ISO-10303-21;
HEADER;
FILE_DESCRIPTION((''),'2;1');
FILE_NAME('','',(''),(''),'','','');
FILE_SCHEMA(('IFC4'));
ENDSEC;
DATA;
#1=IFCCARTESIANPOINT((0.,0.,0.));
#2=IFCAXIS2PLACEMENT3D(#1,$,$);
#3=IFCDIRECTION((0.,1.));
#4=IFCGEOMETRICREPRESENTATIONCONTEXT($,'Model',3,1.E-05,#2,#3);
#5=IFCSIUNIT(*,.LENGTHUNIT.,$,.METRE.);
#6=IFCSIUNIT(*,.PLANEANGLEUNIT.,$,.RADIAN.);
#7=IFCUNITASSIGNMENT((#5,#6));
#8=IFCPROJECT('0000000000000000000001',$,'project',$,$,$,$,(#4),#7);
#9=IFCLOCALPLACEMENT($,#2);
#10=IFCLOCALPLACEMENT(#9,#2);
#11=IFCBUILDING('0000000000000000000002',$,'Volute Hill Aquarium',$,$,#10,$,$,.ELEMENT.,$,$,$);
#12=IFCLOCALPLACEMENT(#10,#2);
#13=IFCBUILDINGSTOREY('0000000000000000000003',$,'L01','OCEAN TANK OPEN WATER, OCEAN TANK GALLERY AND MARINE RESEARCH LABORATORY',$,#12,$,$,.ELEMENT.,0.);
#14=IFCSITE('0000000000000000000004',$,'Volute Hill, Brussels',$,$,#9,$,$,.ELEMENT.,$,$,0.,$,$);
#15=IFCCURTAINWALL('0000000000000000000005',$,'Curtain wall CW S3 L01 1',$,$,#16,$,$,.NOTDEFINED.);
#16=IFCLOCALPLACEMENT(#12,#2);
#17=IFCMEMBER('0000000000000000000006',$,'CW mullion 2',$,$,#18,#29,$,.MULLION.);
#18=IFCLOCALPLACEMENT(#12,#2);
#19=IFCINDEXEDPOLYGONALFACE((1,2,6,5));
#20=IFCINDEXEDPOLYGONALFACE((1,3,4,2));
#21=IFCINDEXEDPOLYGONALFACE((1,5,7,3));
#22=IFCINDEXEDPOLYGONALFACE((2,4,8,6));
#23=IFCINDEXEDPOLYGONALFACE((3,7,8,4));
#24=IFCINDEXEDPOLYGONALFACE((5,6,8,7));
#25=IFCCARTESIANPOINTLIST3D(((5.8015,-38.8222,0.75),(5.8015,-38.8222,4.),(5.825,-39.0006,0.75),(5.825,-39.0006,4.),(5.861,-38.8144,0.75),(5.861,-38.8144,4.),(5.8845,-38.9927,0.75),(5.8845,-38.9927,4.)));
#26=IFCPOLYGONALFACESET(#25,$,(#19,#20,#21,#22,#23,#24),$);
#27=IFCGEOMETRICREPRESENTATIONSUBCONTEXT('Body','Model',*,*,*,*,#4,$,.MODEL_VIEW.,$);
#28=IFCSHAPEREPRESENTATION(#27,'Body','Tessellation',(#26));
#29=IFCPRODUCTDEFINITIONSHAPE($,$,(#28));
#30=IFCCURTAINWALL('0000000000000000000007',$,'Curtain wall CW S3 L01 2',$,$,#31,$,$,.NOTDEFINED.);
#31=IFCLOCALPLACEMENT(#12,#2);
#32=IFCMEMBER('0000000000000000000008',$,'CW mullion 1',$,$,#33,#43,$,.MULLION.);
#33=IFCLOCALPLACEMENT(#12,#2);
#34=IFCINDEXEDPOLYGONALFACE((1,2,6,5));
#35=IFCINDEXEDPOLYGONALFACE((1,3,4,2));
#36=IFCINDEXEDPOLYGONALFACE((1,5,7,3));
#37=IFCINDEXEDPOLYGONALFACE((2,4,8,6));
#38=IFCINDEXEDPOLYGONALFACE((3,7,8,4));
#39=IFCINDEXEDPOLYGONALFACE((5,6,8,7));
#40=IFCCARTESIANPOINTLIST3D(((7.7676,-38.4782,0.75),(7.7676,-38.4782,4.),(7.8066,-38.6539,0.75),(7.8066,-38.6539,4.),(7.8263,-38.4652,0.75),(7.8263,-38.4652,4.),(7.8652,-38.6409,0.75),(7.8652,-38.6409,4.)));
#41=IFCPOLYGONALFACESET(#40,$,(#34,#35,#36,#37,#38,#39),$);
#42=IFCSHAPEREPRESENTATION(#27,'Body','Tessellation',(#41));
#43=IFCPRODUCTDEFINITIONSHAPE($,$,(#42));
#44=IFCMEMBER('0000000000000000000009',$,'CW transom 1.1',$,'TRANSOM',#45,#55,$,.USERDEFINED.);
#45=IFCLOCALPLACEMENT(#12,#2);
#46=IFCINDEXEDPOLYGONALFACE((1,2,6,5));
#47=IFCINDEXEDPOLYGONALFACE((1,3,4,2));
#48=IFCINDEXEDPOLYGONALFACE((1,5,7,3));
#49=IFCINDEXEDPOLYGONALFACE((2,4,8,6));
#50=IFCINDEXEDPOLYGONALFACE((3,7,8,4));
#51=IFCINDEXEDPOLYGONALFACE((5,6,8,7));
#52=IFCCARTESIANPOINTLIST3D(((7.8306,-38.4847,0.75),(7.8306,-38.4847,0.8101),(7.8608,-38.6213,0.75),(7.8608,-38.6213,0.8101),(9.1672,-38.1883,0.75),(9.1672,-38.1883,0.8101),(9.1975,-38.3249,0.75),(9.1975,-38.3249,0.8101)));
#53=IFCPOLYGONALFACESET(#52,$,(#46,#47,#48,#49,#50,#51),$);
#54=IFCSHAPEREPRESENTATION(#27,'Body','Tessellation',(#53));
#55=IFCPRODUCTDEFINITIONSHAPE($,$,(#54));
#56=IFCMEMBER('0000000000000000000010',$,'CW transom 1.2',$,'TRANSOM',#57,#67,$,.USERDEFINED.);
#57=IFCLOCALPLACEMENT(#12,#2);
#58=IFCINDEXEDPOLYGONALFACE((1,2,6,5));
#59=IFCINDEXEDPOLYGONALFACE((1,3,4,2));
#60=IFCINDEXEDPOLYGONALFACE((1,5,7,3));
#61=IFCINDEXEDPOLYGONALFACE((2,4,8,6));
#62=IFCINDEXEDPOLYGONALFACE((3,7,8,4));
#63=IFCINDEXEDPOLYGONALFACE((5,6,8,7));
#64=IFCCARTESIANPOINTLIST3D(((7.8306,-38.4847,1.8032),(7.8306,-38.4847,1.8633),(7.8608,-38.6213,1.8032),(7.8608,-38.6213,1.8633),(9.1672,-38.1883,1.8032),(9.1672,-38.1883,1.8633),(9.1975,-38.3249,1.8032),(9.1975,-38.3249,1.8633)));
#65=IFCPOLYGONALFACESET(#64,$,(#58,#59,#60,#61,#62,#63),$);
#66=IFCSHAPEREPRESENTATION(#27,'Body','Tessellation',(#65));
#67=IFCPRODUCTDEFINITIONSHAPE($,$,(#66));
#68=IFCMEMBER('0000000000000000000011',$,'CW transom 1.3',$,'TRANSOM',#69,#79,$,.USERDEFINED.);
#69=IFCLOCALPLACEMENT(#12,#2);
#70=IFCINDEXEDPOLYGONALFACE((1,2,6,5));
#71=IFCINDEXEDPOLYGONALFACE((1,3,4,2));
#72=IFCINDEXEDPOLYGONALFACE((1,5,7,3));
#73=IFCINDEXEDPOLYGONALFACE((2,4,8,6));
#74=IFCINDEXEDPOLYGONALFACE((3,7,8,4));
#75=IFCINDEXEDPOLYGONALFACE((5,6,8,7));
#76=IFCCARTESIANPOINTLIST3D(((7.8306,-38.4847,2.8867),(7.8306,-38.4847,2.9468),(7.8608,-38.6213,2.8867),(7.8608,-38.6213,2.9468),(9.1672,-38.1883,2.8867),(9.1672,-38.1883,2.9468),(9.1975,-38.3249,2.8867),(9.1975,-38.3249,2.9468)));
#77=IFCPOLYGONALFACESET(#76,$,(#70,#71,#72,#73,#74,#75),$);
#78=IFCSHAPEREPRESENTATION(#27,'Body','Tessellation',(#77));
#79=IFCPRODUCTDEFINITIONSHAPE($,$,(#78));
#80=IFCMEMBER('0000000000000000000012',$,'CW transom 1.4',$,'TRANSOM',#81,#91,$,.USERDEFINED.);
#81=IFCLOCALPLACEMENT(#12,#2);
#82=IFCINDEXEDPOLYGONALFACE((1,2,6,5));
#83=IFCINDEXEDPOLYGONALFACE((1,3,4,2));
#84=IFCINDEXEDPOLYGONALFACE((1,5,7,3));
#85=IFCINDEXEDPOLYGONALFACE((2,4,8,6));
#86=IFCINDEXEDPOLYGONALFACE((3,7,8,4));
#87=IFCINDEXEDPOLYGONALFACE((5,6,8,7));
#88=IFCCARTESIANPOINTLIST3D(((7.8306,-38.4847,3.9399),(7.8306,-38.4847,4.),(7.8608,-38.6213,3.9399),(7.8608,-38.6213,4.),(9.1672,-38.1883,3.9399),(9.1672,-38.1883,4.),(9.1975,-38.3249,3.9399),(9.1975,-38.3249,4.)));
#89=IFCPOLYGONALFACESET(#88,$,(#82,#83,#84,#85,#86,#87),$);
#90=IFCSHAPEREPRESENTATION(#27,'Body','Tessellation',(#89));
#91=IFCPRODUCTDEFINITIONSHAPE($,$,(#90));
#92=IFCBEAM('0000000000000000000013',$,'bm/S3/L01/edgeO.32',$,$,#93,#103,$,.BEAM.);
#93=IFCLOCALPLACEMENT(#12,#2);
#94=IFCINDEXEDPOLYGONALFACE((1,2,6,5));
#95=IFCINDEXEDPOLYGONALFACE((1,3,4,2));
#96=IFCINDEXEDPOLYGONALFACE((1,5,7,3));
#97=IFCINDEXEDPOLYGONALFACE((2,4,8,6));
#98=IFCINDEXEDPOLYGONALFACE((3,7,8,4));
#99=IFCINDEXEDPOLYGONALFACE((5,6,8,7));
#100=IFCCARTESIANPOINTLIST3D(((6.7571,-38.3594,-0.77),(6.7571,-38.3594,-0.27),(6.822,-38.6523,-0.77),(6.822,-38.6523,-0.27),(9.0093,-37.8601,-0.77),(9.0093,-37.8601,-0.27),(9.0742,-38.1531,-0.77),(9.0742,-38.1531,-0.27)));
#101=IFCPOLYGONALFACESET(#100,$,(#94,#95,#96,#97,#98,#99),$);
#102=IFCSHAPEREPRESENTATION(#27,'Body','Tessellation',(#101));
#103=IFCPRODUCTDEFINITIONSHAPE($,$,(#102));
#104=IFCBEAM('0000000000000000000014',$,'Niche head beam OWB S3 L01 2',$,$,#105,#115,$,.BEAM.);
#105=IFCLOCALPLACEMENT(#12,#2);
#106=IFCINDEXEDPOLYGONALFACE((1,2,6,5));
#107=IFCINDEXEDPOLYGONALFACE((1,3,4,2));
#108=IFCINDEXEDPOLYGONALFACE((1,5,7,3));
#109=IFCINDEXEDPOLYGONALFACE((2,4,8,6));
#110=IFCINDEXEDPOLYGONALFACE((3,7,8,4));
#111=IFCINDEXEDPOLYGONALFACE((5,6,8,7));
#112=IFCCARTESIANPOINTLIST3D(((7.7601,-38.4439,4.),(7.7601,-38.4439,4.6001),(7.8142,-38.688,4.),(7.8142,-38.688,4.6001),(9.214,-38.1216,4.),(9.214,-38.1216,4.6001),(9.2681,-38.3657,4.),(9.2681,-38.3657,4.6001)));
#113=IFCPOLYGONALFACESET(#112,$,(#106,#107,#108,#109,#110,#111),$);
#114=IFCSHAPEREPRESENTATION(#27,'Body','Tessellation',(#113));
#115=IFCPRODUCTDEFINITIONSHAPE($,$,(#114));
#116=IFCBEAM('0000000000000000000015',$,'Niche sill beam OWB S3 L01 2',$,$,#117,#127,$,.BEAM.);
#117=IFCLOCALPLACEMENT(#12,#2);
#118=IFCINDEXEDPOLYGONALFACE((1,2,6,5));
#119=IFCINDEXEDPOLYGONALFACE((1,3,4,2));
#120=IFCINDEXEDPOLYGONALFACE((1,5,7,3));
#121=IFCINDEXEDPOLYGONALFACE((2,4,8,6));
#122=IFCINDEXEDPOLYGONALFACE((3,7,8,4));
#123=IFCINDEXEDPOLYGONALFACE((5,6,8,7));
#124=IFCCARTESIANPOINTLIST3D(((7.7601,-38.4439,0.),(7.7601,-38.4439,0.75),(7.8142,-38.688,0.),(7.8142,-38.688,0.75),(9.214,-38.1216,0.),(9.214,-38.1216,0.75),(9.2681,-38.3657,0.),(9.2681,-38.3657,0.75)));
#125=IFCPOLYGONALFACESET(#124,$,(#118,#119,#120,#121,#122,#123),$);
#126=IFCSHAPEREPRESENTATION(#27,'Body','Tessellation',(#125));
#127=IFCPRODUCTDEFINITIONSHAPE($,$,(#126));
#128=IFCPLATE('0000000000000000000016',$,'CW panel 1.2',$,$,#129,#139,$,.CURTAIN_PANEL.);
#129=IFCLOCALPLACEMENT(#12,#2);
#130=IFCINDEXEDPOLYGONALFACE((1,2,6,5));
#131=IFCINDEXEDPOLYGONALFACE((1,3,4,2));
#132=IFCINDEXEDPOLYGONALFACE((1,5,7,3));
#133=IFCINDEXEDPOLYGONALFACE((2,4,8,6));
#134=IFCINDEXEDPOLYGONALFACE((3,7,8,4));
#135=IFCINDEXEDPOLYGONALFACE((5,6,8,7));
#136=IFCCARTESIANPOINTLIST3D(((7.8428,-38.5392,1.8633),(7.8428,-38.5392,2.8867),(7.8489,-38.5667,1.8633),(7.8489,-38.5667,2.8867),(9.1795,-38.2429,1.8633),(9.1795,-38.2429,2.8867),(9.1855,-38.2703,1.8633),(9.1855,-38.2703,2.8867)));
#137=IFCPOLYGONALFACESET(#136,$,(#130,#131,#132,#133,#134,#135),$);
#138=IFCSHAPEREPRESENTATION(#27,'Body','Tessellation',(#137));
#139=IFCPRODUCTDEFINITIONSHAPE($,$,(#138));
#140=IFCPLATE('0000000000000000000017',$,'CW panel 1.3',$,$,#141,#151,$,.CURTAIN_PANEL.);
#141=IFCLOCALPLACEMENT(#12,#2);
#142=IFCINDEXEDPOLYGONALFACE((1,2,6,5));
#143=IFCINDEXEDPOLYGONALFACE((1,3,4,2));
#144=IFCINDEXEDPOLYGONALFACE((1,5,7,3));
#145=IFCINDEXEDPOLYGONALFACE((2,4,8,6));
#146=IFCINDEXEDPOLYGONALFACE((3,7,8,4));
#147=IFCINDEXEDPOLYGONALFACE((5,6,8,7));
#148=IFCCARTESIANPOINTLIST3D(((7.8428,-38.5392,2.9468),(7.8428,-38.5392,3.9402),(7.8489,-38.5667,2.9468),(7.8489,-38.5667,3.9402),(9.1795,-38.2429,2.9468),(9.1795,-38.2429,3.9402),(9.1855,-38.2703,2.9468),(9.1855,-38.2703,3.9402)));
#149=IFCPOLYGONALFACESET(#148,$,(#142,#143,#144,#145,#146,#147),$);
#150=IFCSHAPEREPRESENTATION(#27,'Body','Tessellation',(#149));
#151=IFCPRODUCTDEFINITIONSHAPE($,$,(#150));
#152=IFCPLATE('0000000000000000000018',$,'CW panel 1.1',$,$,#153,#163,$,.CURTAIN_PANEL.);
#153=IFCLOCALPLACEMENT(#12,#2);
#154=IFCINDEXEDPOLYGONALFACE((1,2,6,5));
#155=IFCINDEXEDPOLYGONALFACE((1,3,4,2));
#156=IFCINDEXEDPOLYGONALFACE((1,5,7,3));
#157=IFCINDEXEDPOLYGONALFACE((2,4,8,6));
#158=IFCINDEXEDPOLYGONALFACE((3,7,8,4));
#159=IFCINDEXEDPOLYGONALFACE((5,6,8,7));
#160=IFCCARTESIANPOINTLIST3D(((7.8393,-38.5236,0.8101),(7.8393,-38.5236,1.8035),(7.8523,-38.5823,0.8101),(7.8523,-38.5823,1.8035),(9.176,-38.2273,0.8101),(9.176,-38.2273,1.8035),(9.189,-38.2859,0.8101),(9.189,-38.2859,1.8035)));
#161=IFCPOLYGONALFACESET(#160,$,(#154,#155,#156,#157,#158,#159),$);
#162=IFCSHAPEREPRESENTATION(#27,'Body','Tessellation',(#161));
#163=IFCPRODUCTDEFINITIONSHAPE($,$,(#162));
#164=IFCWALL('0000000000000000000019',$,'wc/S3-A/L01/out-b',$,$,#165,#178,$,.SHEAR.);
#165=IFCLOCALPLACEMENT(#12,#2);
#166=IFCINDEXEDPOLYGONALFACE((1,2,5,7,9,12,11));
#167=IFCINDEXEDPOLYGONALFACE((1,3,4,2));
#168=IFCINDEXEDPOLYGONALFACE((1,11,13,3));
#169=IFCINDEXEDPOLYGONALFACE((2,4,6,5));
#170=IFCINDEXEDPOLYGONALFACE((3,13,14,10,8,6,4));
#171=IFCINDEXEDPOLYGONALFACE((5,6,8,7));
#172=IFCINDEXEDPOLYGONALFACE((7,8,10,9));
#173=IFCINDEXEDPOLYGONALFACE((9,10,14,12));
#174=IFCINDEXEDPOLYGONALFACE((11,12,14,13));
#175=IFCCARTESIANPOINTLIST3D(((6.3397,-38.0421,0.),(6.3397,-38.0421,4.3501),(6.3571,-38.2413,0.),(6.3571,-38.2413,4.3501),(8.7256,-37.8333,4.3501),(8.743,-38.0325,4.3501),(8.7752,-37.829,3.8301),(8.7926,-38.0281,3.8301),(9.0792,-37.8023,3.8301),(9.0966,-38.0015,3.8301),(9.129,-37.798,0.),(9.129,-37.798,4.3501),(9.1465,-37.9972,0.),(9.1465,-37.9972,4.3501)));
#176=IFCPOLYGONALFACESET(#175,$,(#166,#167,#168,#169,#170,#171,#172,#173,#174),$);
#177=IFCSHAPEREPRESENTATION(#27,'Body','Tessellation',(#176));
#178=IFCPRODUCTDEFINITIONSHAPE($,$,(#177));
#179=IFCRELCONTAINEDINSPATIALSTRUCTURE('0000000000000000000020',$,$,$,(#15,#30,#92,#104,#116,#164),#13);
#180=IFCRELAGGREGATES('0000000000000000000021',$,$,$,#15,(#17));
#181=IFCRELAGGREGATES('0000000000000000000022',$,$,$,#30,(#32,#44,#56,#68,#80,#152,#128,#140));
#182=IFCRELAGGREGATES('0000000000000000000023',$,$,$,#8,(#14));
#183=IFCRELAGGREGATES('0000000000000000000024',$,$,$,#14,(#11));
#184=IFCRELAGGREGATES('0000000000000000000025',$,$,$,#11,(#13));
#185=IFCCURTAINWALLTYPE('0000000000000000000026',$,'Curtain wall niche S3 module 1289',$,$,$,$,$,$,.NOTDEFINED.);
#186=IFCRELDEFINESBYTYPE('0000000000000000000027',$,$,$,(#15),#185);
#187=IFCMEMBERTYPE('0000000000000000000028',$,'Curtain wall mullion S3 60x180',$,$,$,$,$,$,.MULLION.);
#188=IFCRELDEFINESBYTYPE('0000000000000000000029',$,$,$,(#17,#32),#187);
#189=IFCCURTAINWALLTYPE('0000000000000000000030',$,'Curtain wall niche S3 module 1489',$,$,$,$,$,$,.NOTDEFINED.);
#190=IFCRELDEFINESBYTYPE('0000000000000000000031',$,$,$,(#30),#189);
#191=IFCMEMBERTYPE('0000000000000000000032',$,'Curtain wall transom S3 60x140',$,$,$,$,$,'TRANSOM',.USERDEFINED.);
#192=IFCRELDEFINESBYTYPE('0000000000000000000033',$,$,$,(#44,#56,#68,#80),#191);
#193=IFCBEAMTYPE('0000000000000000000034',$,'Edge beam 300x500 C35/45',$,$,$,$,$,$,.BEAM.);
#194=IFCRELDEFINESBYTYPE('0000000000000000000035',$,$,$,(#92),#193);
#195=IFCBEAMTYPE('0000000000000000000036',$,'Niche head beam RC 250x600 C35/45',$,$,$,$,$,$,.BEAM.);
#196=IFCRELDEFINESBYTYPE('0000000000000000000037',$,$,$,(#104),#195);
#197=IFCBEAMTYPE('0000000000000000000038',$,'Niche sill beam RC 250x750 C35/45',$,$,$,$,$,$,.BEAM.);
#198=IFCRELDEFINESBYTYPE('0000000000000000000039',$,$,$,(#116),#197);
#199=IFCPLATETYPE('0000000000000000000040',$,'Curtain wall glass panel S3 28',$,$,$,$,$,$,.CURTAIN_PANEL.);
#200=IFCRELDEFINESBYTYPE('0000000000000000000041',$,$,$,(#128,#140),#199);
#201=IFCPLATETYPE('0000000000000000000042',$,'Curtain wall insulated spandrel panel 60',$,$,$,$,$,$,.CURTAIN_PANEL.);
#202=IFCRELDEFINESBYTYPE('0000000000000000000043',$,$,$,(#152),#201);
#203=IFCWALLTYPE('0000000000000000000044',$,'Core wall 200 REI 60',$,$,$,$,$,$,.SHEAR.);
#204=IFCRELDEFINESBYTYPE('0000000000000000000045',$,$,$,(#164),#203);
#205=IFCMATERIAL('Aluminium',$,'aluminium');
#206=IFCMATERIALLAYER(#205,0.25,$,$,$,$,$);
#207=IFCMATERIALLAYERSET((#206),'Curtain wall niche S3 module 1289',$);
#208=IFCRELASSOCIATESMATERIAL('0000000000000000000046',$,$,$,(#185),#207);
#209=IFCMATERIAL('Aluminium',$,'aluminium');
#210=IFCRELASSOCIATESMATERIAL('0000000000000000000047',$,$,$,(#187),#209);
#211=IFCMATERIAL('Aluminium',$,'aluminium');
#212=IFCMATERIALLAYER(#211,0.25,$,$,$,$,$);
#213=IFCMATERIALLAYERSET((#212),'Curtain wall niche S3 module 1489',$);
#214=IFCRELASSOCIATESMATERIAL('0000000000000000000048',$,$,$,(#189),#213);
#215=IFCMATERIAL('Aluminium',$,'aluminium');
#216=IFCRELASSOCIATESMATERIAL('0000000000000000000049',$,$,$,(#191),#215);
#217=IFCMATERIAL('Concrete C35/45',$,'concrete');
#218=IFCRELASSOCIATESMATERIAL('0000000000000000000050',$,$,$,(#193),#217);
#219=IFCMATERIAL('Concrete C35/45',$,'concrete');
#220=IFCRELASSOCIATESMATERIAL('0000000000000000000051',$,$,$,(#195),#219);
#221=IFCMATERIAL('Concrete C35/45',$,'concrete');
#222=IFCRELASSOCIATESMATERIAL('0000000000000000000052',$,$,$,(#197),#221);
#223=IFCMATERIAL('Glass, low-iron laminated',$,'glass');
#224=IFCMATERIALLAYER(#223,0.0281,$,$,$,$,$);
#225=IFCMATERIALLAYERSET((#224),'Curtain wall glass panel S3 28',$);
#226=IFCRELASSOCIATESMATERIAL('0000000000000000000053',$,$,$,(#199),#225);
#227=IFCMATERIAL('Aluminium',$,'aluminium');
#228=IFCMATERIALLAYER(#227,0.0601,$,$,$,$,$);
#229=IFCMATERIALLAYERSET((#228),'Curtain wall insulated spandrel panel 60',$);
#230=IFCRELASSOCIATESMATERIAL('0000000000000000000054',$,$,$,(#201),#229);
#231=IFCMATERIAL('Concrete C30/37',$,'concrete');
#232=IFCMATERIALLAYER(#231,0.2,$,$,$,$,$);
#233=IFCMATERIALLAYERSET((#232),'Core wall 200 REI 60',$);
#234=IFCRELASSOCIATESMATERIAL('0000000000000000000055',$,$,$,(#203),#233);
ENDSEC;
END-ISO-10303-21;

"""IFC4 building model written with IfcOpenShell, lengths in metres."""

from ifc_helpers import new_model, si_unit, direction, frame, origin, origin_2d, place, context, subcontext, project, spatial, polyline, rectangle, outline, extrude, material, layer, layer_set, material_profile, profile_set, type_object, element, aggregate, save


model = new_model("IFC4")

# Units and contexts
model_context = context("Model", 3, precision=1e-05, world=origin(), true_north=direction((0.0, 1.0)))
body_context = subcontext(model_context, "Body", "Model", "MODEL_VIEW")
ifc_project = project(units=[si_unit("LENGTHUNIT", "METRE"), si_unit("PLANEANGLEUNIT", "RADIAN")], contexts=[model_context])

# Site, building, storey
site_placement = place(None, origin())
site = spatial("IfcSite", under=ifc_project, at=site_placement, Name="Volute Hill, Brussels", CompositionType="ELEMENT", RefElevation=0.0)
building_placement = place(site_placement, origin())
building = spatial("IfcBuilding", under=site, at=building_placement, Name="Volute Hill Aquarium", CompositionType="ELEMENT")
storey_placement = place(building_placement, origin())
storey = spatial("IfcBuildingStorey", under=building, at=storey_placement, Name="L01", Description="OCEAN TANK OPEN WATER, OCEAN TANK GALLERY AND MARINE RESEARCH LABORATORY", CompositionType="ELEMENT", Elevation=0.0)

# Curtain wall, member
ifc_material_1 = material(Name="Aluminium", Category="aluminium")
ifc_layer_1 = layer(ifc_material_1, 0.25)
ifc_layer_set_1 = layer_set([ifc_layer_1], Name="Curtain wall niche S3 module 1289")
curtain_wall_type_1 = type_object("IfcCurtainWallType", Name="Curtain wall niche S3 module 1289", PredefinedType="NOTDEFINED", material=ifc_layer_set_1)
curtain_wall_1_placement = place(storey_placement, origin())
curtain_wall_1 = element("IfcCurtainWall", 1, at=curtain_wall_1_placement, inside=storey, type_object=curtain_wall_type_1, Name="Curtain wall CW S3 L01 1", PredefinedType="NOTDEFINED")
ifc_material_2 = material(Name="Aluminium", Category="aluminium")
ifc_material_profile_1 = material_profile(ifc_material_2, rectangle(XDim=0.1799, YDim=0.0601, at=origin_2d()), Name="Curtain wall mullion S3 60x180")
ifc_profile_set_1 = profile_set([ifc_material_profile_1], Name="Aluminium")
member_type_1 = type_object("IfcMemberType", Name="Curtain wall mullion S3 60x180", PredefinedType="MULLION", material=ifc_profile_set_1)
member_1_placement = place(storey_placement, frame((5.843, -38.9075, 0.75), z_axis=(0.0, 0.0, 1.0), x_axis=(-0.130506, 0.991447, 0.0)))
member_1 = element("IfcMember", 2, at=member_1_placement, type_object=member_type_1, Name="CW mullion 2", PredefinedType="MULLION", context=body_context, shape_type="SweptSolid", body=[
    extrude(rectangle(XDim=0.1799, YDim=0.0601, at=origin_2d()), origin(), (0.0, 0.0, 1.0), 3.25),
])
aggregate(curtain_wall_1, [member_1])

# Curtain wall, members
ifc_material_3 = material(Name="Aluminium", Category="aluminium")
ifc_layer_2 = layer(ifc_material_3, 0.25)
ifc_layer_set_2 = layer_set([ifc_layer_2], Name="Curtain wall niche S3 module 1489")
curtain_wall_type_2 = type_object("IfcCurtainWallType", Name="Curtain wall niche S3 module 1489", PredefinedType="NOTDEFINED", material=ifc_layer_set_2)
curtain_wall_2_placement = place(storey_placement, origin())
curtain_wall_2 = element("IfcCurtainWall", 3, at=curtain_wall_2_placement, inside=storey, type_object=curtain_wall_type_2, Name="Curtain wall CW S3 L01 2", PredefinedType="NOTDEFINED")
member_2_placement = place(storey_placement, frame((7.8164, -38.5596, 0.75), z_axis=(0.0, 0.0, 1.0), x_axis=(-0.216429, 0.976298, 0.0)))
member_2 = element("IfcMember", 4, at=member_2_placement, type_object=member_type_1, Name="CW mullion 1", PredefinedType="MULLION", context=body_context, shape_type="SweptSolid", body=[
    extrude(rectangle(XDim=0.1799, YDim=0.0601, at=origin_2d()), origin(), (0.0, 0.0, 1.0), 3.25),
])
ifc_material_4 = material(Name="Aluminium", Category="aluminium")
ifc_material_profile_2 = material_profile(ifc_material_4, rectangle(XDim=0.1399, YDim=0.0601, at=origin_2d()), Name="Curtain wall transom S3 60x140")
ifc_profile_set_2 = profile_set([ifc_material_profile_2], Name="Aluminium")
member_type_2 = type_object("IfcMemberType", Name="Curtain wall transom S3 60x140", ElementType="TRANSOM", PredefinedType="USERDEFINED", material=ifc_profile_set_2)
member_3_placement = place(storey_placement, frame((7.8457, -38.553, 0.78), z_axis=(0.976288, 0.216477, 0.0), x_axis=(-0.216477, 0.976288, 0.0)))
member_3 = element("IfcMember", 5, at=member_3_placement, type_object=member_type_2, Name="CW transom 1.1", ObjectType="TRANSOM", PredefinedType="USERDEFINED", context=body_context, shape_type="SweptSolid", body=[
    extrude(rectangle(XDim=0.1399, YDim=0.0601, at=origin_2d()), origin(), (0.0, 0.0, 1.0), 1.3691),
])
member_4_placement = place(storey_placement, frame((7.8457, -38.553, 1.8333), z_axis=(0.976288, 0.216477, 0.0), x_axis=(-0.216477, 0.976288, 0.0)))
member_4 = element("IfcMember", 6, at=member_4_placement, type_object=member_type_2, Name="CW transom 1.2", ObjectType="TRANSOM", PredefinedType="USERDEFINED", context=body_context, shape_type="SweptSolid", body=[
    extrude(rectangle(XDim=0.1399, YDim=0.0601, at=origin_2d()), origin(), (0.0, 0.0, 1.0), 1.3691),
])
member_5_placement = place(storey_placement, frame((7.8457, -38.553, 2.9167), z_axis=(0.976288, 0.216477, 0.0), x_axis=(-0.216477, 0.976288, 0.0)))
member_5 = element("IfcMember", 7, at=member_5_placement, type_object=member_type_2, Name="CW transom 1.3", ObjectType="TRANSOM", PredefinedType="USERDEFINED", context=body_context, shape_type="SweptSolid", body=[
    extrude(rectangle(XDim=0.1399, YDim=0.0601, at=origin_2d()), origin(), (0.0, 0.0, 1.0), 1.3691),
])
member_6_placement = place(storey_placement, frame((7.8457, -38.553, 3.97), z_axis=(0.976288, 0.216477, 0.0), x_axis=(-0.216477, 0.976288, 0.0)))
member_6 = element("IfcMember", 8, at=member_6_placement, type_object=member_type_2, Name="CW transom 1.4", ObjectType="TRANSOM", PredefinedType="USERDEFINED", context=body_context, shape_type="SweptSolid", body=[
    extrude(rectangle(XDim=0.1399, YDim=0.0601, at=origin_2d()), origin(), (0.0, 0.0, 1.0), 1.3691),
])

# Beams
ifc_material_5 = material(Name="Concrete C35/45", Category="concrete")
ifc_material_profile_3 = material_profile(ifc_material_5, rectangle(XDim=0.3, YDim=0.5, at=origin_2d()), Name="RC edge beam 300x500")
ifc_profile_set_3 = profile_set([ifc_material_profile_3], Name="Concrete C35/45")
beam_type_1 = type_object("IfcBeamType", Name="Edge beam 300x500 C35/45", PredefinedType="BEAM", material=ifc_profile_set_3)
beam_1_placement = place(storey_placement, frame((6.7896, -38.5059, -0.52), z_axis=(0.976299, 0.216426, 0.0), x_axis=(-0.216426, 0.976299, 0.0)))
element("IfcBeam", 9, at=beam_1_placement, inside=storey, type_object=beam_type_1, Name="bm/S3/L01/edgeO.32", PredefinedType="BEAM", context=body_context, shape_type="SweptSolid", body=[
    extrude(rectangle(XDim=0.3, YDim=0.5, at=origin_2d()), origin(), (0.0, 0.0, 1.0), 2.3069),
])
ifc_material_6 = material(Name="Concrete C35/45", Category="concrete")
ifc_material_profile_4 = material_profile(ifc_material_6, rectangle(XDim=0.25, YDim=0.6001, at=origin_2d()), Name="RC beam 250x600")
ifc_profile_set_4 = profile_set([ifc_material_profile_4], Name="Concrete C35/45")
beam_type_2 = type_object("IfcBeamType", Name="Niche head beam RC 250x600 C35/45", PredefinedType="BEAM", material=ifc_profile_set_4)
beam_2_placement = place(storey_placement, frame((7.7871, -38.5659, 4.3), z_axis=(0.976303, 0.21641, 0.0), x_axis=(-0.21641, 0.976303, 0.0)))
element("IfcBeam", 10, at=beam_2_placement, inside=storey, type_object=beam_type_2, Name="Niche head beam OWB S3 L01 2", PredefinedType="BEAM", context=body_context, shape_type="SweptSolid", body=[
    extrude(rectangle(XDim=0.25, YDim=0.6001, at=origin_2d()), origin(), (0.0, 0.0, 1.0), 1.4893),
])
ifc_material_7 = material(Name="Concrete C35/45", Category="concrete")
ifc_material_profile_5 = material_profile(ifc_material_7, rectangle(XDim=0.25, YDim=0.75, at=origin_2d()), Name="RC beam 250x750")
ifc_profile_set_5 = profile_set([ifc_material_profile_5], Name="Concrete C35/45")
beam_type_3 = type_object("IfcBeamType", Name="Niche sill beam RC 250x750 C35/45", PredefinedType="BEAM", material=ifc_profile_set_5)
beam_3_placement = place(storey_placement, frame((7.7871, -38.5659, 0.375), z_axis=(0.976303, 0.21641, 0.0), x_axis=(-0.21641, 0.976303, 0.0)))
element("IfcBeam", 11, at=beam_3_placement, inside=storey, type_object=beam_type_3, Name="Niche sill beam OWB S3 L01 2", PredefinedType="BEAM", context=body_context, shape_type="SweptSolid", body=[
    extrude(rectangle(XDim=0.25, YDim=0.75, at=origin_2d()), origin(), (0.0, 0.0, 1.0), 1.4893),
])

# Plates
ifc_material_8 = material(Name="Glass, low-iron laminated", Category="glass")
ifc_layer_3 = layer(ifc_material_8, 0.0281)
ifc_layer_set_3 = layer_set([ifc_layer_3], Name="Curtain wall glass panel S3 28")
plate_type_1 = type_object("IfcPlateType", Name="Curtain wall glass panel S3 28", PredefinedType="CURTAIN_PANEL", material=ifc_layer_set_3)
plate_1_placement = place(storey_placement, frame((8.5142, -38.4048, 1.8633), z_axis=(0.0, 0.0, 1.0), x_axis=(0.976298, 0.216429, 0.0)))
plate_1 = element("IfcPlate", 12, at=plate_1_placement, type_object=plate_type_1, Name="CW panel 1.2", PredefinedType="CURTAIN_PANEL", context=body_context, shape_type="SweptSolid", body=[
    extrude(rectangle(XDim=1.3691, YDim=0.0281, at=origin_2d()), origin(), (0.0, 0.0, 1.0), 1.0234),
])
plate_2_placement = place(storey_placement, frame((8.5142, -38.4048, 2.9468), z_axis=(0.0, 0.0, 1.0), x_axis=(0.976298, 0.216429, 0.0)))
plate_2 = element("IfcPlate", 13, at=plate_2_placement, type_object=plate_type_1, Name="CW panel 1.3", PredefinedType="CURTAIN_PANEL", context=body_context, shape_type="SweptSolid", body=[
    extrude(rectangle(XDim=1.3691, YDim=0.0281, at=origin_2d()), origin(), (0.0, 0.0, 1.0), 0.9934),
])
ifc_material_9 = material(Name="Aluminium", Category="aluminium")
ifc_layer_4 = layer(ifc_material_9, 0.0601)
ifc_layer_set_4 = layer_set([ifc_layer_4], Name="Curtain wall insulated spandrel panel 60")
plate_type_2 = type_object("IfcPlateType", Name="Curtain wall insulated spandrel panel 60", PredefinedType="CURTAIN_PANEL", material=ifc_layer_set_4)
plate_3_placement = place(storey_placement, frame((8.5142, -38.4048, 0.8101), z_axis=(0.0, 0.0, 1.0), x_axis=(0.976298, 0.216429, 0.0)))
plate_3 = element("IfcPlate", 14, at=plate_3_placement, type_object=plate_type_2, Name="CW panel 1.1", PredefinedType="CURTAIN_PANEL", context=body_context, shape_type="SweptSolid", body=[
    extrude(rectangle(XDim=1.3691, YDim=0.0601, at=origin_2d()), origin(), (0.0, 0.0, 1.0), 0.9934),
])
aggregate(curtain_wall_2, [member_2, member_3, member_4, member_5, member_6, plate_3, plate_1, plate_2])

# Wall
ifc_material_10 = material(Name="Concrete C30/37", Category="concrete")
ifc_layer_5 = layer(ifc_material_10, 0.2)
ifc_layer_set_5 = layer_set([ifc_layer_5], Name="Core wall 200 REI 60")
wall_type = type_object("IfcWallType", Name="Core wall 200 REI 60", PredefinedType="SHEAR", material=ifc_layer_set_5)
wall_placement = place(storey_placement, frame((6.3484, -38.1418, 0.0), z_axis=(0.0, 0.0, 1.0), x_axis=(0.996191, 0.087194, 0.0)))
element("IfcWall", 15, at=wall_placement, inside=storey, type_object=wall_type, Name="wc/S3-A/L01/out-b", PredefinedType="SHEAR", context=body_context, shape_type="SweptSolid", body=[
    extrude(outline(polyline([(0.0, 0.0), (2.8, 0.0), (2.8, 4.3501), (2.75, 3.8301), (2.4448, 3.8301), (2.395, 4.3501), (0.0, 4.3501), (0.0, 0.0)])), frame((0.0, 0.1001, 0.0), z_axis=(0.0, -1.0, 0.0), x_axis=(1.0, 0.0, 0.0)), (0.0, 0.0, 1.0), 0.2),
])

save(model, "model.ifc")
